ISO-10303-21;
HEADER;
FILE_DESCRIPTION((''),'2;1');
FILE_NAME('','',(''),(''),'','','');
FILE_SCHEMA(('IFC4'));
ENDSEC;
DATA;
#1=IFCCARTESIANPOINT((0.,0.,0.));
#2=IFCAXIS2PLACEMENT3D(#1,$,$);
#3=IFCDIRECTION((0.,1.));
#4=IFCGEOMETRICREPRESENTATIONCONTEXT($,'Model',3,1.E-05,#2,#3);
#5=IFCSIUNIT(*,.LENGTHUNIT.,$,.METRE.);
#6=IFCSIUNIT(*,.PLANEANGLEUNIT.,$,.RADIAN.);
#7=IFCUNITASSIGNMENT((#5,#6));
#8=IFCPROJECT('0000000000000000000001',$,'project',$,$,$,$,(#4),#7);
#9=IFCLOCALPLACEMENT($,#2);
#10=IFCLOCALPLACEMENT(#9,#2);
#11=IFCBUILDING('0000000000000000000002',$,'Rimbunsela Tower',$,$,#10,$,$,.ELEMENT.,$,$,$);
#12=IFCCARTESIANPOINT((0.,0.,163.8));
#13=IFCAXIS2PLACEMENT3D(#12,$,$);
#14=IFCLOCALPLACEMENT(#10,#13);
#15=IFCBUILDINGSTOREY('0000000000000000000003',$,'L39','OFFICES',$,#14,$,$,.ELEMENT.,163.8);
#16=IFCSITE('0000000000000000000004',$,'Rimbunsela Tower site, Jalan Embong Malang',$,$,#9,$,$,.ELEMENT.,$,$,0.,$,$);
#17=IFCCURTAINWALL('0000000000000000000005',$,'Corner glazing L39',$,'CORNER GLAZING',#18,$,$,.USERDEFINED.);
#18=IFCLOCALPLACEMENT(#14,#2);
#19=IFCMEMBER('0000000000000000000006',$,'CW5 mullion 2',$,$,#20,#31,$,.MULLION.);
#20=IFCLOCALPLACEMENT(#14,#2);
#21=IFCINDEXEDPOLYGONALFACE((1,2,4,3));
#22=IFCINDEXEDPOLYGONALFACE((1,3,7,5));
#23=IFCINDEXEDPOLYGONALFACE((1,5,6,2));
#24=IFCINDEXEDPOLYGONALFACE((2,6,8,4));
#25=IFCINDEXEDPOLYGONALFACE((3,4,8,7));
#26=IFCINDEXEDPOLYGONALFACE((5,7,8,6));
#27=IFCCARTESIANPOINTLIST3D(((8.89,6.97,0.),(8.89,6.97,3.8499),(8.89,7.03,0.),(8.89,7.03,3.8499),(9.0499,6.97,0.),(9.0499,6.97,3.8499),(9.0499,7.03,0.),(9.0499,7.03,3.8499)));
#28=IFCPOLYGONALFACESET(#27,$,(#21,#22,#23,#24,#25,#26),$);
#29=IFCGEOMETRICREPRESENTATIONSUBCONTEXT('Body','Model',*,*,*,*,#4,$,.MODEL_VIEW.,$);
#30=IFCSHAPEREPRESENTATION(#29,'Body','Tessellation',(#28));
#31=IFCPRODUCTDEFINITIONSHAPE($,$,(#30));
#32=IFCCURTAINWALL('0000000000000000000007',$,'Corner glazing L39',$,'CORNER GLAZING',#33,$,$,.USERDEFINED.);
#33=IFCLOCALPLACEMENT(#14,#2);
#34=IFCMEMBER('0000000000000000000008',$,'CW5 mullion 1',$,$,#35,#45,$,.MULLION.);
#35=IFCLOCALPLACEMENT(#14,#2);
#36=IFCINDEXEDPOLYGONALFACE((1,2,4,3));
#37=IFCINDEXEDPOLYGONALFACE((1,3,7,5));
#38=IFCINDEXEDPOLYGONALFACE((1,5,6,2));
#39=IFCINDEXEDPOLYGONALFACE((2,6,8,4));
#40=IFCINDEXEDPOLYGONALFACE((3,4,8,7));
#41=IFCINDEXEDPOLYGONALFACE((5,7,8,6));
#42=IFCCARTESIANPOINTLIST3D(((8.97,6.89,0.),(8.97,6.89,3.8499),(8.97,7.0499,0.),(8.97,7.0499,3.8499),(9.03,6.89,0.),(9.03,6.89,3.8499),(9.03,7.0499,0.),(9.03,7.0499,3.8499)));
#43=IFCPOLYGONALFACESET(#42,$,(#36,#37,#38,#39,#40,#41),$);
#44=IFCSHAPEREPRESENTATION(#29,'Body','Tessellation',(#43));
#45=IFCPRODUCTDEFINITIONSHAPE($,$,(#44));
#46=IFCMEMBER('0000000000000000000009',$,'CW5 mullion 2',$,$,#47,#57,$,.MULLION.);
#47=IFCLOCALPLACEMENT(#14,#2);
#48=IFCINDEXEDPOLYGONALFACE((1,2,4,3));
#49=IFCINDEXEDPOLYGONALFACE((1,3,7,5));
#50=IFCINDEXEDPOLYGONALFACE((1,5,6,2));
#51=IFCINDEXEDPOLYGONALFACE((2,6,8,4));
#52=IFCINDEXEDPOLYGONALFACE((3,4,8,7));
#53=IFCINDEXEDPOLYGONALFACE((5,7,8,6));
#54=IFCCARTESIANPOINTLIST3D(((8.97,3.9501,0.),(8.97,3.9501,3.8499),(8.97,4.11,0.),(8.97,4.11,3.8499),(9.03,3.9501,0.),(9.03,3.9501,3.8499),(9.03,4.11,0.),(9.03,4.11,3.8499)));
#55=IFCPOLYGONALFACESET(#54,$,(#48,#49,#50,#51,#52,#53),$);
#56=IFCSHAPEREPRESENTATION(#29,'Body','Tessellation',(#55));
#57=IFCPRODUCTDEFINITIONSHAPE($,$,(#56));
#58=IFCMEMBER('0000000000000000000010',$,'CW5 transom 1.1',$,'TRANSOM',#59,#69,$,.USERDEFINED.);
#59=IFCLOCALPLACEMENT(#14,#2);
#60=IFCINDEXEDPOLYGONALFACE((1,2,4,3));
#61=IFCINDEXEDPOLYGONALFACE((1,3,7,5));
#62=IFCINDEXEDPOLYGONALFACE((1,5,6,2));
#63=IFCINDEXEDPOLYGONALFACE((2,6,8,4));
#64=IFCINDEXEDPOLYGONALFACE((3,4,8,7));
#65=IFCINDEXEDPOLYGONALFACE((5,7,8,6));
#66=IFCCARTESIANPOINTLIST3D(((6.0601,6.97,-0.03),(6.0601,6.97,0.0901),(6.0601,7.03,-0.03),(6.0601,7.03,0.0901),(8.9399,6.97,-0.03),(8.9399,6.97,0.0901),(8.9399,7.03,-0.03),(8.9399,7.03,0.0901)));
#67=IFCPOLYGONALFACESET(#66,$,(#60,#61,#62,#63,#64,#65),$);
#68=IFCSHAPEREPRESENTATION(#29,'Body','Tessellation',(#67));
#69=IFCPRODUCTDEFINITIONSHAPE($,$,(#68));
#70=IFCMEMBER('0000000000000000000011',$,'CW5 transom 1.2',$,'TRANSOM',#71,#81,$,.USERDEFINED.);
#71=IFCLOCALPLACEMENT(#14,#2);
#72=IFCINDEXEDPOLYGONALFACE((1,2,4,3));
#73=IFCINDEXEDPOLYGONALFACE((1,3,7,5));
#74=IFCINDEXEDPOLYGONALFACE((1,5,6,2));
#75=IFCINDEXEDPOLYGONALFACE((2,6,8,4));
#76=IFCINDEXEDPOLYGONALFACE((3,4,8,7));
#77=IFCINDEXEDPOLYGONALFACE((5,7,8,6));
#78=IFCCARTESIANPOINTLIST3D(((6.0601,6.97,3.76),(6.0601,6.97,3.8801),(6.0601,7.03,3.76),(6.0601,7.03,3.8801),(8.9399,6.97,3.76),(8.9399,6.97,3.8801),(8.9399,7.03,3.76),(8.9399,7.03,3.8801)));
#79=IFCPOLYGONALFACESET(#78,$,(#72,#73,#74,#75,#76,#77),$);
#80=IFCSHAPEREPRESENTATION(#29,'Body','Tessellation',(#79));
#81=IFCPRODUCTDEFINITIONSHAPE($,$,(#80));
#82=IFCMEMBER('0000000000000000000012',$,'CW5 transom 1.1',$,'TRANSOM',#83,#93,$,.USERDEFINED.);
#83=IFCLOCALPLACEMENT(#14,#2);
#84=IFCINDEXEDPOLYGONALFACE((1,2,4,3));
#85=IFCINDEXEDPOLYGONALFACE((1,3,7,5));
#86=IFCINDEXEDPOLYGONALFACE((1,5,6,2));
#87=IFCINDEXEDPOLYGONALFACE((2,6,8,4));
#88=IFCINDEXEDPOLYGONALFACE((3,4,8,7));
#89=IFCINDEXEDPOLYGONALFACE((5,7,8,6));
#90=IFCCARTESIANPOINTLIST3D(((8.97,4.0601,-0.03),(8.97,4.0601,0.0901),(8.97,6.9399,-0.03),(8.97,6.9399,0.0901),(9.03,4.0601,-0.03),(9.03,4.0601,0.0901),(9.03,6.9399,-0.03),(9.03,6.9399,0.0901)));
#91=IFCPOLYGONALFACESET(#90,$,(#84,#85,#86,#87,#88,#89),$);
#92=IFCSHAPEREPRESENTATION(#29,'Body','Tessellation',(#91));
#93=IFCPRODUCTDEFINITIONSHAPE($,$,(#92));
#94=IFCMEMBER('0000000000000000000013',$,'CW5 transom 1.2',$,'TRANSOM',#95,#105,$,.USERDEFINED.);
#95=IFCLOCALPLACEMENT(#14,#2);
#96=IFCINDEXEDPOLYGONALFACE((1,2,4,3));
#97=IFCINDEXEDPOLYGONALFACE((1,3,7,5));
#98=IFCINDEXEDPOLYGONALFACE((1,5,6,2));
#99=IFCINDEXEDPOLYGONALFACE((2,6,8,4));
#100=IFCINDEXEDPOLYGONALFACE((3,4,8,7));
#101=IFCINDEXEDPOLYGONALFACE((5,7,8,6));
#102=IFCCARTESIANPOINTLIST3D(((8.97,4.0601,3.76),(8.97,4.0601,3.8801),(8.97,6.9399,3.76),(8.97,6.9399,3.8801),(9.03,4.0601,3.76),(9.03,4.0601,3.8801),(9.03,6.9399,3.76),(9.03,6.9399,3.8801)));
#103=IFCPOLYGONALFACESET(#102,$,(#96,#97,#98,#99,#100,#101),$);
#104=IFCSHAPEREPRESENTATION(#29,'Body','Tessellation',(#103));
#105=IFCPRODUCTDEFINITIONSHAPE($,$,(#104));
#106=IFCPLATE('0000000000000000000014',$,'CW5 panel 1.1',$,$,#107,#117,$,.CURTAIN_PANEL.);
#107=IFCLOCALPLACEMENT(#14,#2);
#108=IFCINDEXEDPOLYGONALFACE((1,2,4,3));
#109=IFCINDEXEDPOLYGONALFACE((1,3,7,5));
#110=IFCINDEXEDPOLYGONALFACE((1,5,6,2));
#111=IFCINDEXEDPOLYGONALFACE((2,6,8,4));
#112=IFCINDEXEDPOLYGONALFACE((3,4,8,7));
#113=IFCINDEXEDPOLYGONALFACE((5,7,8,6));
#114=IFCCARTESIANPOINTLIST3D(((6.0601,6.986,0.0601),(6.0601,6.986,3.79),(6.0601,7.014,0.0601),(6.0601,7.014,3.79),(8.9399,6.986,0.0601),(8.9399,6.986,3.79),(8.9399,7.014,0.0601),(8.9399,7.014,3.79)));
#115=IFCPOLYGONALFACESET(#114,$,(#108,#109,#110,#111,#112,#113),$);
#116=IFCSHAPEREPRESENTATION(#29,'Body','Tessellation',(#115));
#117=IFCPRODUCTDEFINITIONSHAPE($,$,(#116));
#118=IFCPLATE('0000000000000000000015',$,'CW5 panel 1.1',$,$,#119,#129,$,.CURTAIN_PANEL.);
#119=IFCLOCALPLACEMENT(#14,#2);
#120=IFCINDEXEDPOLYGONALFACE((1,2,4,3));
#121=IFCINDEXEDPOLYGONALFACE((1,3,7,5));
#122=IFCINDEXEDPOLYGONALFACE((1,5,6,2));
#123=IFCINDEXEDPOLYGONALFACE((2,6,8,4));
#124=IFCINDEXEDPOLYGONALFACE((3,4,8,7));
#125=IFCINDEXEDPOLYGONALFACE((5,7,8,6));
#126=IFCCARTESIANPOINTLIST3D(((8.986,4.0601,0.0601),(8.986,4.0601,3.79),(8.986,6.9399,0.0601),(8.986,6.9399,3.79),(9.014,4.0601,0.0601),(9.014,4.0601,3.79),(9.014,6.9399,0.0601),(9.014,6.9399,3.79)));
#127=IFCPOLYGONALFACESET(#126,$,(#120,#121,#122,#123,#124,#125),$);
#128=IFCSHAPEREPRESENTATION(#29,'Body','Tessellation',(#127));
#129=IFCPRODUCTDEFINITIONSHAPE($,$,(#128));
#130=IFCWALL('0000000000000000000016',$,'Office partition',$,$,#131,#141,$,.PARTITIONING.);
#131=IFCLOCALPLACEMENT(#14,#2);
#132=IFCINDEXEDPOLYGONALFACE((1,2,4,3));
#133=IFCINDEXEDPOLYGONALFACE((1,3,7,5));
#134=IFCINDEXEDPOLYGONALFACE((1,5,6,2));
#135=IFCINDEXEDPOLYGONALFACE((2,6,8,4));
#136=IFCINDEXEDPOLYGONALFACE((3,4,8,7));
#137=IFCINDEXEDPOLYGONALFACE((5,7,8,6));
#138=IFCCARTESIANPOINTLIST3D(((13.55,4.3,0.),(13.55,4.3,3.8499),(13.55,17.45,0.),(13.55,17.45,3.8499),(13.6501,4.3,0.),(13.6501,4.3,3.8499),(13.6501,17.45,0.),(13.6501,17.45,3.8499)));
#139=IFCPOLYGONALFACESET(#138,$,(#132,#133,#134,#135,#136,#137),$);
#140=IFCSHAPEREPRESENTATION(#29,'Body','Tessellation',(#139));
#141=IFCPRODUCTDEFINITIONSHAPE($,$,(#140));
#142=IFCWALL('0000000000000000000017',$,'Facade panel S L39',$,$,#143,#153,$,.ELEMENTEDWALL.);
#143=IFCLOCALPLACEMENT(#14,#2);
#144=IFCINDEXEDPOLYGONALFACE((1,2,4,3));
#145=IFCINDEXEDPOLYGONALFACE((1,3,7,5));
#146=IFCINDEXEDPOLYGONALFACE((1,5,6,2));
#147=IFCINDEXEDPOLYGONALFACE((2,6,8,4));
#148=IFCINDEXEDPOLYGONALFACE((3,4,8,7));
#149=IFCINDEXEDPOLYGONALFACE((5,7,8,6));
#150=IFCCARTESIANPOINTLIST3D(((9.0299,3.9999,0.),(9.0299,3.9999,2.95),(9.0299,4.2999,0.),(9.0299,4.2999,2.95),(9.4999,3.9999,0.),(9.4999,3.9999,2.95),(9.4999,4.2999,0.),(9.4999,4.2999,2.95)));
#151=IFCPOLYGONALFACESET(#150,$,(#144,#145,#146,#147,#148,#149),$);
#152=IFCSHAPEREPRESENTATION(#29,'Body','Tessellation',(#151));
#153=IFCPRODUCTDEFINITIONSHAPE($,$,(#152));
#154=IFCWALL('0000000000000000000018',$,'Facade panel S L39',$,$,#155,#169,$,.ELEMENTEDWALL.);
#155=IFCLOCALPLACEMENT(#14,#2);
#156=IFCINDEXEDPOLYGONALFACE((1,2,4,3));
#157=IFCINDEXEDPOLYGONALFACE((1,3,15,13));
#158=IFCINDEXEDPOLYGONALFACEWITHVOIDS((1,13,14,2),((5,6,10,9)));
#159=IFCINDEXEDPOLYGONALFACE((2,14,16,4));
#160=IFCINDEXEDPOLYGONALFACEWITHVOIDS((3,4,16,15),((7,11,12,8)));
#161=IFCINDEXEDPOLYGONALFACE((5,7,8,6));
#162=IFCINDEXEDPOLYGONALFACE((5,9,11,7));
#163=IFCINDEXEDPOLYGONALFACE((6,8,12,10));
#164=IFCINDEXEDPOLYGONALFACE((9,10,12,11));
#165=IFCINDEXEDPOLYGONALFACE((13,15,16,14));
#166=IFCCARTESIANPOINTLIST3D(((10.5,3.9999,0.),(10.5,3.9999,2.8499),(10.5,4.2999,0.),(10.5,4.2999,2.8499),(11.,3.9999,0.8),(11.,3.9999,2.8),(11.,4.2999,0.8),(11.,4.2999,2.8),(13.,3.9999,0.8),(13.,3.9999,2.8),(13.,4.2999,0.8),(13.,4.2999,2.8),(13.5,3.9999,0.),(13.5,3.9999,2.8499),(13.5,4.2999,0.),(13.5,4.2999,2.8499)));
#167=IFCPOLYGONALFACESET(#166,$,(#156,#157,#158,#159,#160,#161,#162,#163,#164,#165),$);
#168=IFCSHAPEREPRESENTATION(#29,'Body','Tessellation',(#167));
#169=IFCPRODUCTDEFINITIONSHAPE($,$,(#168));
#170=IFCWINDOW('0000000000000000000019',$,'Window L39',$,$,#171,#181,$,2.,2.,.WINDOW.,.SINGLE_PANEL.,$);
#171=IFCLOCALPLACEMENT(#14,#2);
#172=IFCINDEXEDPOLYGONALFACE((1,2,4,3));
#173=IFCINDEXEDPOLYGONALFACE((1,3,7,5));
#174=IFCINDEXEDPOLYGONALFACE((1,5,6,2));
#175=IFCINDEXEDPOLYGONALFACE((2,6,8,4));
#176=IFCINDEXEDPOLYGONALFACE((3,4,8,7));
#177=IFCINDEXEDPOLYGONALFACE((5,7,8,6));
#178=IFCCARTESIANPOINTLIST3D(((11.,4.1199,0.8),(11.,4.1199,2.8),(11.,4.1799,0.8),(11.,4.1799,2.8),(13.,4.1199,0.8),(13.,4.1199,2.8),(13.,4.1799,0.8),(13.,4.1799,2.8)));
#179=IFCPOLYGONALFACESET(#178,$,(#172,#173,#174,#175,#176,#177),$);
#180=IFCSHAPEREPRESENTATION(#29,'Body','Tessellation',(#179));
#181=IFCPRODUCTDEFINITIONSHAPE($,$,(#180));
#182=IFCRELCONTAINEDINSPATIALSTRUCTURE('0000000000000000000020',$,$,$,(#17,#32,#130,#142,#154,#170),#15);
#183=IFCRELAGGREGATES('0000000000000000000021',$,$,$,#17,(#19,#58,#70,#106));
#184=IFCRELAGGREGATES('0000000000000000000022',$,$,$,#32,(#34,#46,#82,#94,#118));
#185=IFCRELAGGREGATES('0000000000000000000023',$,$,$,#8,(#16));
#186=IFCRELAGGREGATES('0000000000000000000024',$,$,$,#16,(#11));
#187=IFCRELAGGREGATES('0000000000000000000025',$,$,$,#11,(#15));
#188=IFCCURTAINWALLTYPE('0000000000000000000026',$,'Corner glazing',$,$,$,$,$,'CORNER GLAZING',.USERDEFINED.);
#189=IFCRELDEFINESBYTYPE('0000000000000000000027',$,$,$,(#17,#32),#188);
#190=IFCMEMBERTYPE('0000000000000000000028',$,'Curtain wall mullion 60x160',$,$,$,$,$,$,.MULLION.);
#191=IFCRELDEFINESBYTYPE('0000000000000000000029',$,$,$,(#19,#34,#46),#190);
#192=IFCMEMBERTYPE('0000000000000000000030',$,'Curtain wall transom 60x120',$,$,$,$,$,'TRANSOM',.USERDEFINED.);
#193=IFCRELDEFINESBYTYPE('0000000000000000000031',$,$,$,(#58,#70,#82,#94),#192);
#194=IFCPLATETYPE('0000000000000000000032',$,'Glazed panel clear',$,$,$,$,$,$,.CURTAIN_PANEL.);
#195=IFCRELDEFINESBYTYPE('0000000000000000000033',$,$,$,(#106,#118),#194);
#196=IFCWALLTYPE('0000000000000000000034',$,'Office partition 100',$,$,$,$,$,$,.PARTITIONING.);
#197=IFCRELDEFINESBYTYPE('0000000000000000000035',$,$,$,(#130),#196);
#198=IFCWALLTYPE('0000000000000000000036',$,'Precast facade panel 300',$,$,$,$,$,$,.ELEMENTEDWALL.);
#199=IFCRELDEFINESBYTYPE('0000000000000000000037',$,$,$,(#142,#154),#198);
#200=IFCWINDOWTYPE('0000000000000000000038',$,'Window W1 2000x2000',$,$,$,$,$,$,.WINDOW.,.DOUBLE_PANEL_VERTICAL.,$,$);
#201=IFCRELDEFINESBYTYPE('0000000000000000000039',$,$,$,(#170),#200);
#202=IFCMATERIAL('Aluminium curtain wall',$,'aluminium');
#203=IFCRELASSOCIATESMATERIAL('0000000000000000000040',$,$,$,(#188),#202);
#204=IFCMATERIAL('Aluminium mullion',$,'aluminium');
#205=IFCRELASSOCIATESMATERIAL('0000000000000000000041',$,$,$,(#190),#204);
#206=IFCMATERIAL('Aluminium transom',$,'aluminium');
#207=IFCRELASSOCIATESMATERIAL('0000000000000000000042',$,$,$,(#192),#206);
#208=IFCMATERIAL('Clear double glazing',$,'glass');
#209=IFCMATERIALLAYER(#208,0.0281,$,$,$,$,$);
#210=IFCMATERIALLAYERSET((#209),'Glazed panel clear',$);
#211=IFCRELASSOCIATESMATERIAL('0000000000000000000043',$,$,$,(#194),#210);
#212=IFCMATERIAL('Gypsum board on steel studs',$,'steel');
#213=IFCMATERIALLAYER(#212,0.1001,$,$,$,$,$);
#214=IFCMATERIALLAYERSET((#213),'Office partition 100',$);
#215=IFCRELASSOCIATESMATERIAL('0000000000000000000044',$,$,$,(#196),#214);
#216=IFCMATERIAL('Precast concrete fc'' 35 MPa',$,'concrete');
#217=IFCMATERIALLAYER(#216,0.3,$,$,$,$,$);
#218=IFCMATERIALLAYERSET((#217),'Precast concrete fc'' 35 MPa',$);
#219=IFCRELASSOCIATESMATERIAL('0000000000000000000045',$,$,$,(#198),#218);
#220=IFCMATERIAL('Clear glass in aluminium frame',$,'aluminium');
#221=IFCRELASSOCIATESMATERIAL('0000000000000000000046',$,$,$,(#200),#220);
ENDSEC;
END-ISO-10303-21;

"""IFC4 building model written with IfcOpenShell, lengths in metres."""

from ifc_helpers import new_model, si_unit, direction, frame, frame_2d, origin, origin_2d, place, context, subcontext, project, spatial, rectangle, extrude, material, layer, layer_set, material_profile, profile_set, type_object, element, fill, aggregate, save


model = new_model("IFC4")

# Units and contexts
model_context = context("Model", 3, precision=1e-05, world=origin(), true_north=direction((0.0, 1.0)))
body_context = subcontext(model_context, "Body", "Model", "MODEL_VIEW")
ifc_project = project(units=[si_unit("LENGTHUNIT", "METRE"), si_unit("PLANEANGLEUNIT", "RADIAN")], contexts=[model_context])

# Site, building, storey
site_placement = place(None, origin())
site = spatial("IfcSite", under=ifc_project, at=site_placement, Name="Rimbunsela Tower site, Jalan Embong Malang", CompositionType="ELEMENT", RefElevation=0.0)
building_placement = place(site_placement, origin())
building = spatial("IfcBuilding", under=site, at=building_placement, Name="Rimbunsela Tower", CompositionType="ELEMENT")
storey_placement = place(building_placement, frame((0.0, 0.0, 163.8)))
storey = spatial("IfcBuildingStorey", under=building, at=storey_placement, Name="L39", Description="OFFICES", CompositionType="ELEMENT", Elevation=163.8)

# Curtain walls, members
ifc_material_1 = material(Name="Aluminium curtain wall", Category="aluminium")
curtain_wall_type = type_object("IfcCurtainWallType", Name="Corner glazing", ElementType="CORNER GLAZING", PredefinedType="USERDEFINED", material=ifc_material_1)
curtain_wall_1_placement = place(storey_placement, origin())
curtain_wall_1 = element("IfcCurtainWall", 1, at=curtain_wall_1_placement, inside=storey, type_object=curtain_wall_type, Name="Corner glazing L39", ObjectType="CORNER GLAZING", PredefinedType="USERDEFINED")
ifc_material_2 = material(Name="Aluminium mullion", Category="aluminium")
ifc_material_profile_1 = material_profile(ifc_material_2, rectangle(XDim=0.0601, YDim=0.1599, at=origin_2d()), Name="Mullion 60x160")
ifc_profile_set_1 = profile_set([ifc_material_profile_1], Name="Aluminium mullion")
member_type_1 = type_object("IfcMemberType", Name="Curtain wall mullion 60x160", PredefinedType="MULLION", material=ifc_profile_set_1)
member_1_placement = place(storey_placement, frame((8.97, 7.0, 0.0), z_axis=(0.0, 0.0, 1.0), x_axis=(0.0, 1.0, 0.0)))
member_1 = element("IfcMember", 2, at=member_1_placement, type_object=member_type_1, Name="CW5 mullion 2", PredefinedType="MULLION", context=body_context, shape_type="SweptSolid", body=[
    extrude(rectangle(XDim=0.0601, YDim=0.1599, at=origin_2d()), origin(), (0.0, 0.0, 1.0), 3.8499),
])
curtain_wall_2_placement = place(storey_placement, origin())
curtain_wall_2 = element("IfcCurtainWall", 3, at=curtain_wall_2_placement, inside=storey, type_object=curtain_wall_type, Name="Corner glazing L39", ObjectType="CORNER GLAZING", PredefinedType="USERDEFINED")
member_2_placement = place(storey_placement, frame((9.0, 6.97, 0.0), z_axis=(0.0, 0.0, 1.0), x_axis=(1.0, 0.0, 0.0)))
member_2 = element("IfcMember", 4, at=member_2_placement, type_object=member_type_1, Name="CW5 mullion 1", PredefinedType="MULLION", context=body_context, shape_type="SweptSolid", body=[
    extrude(rectangle(XDim=0.0601, YDim=0.1599, at=origin_2d()), origin(), (0.0, 0.0, 1.0), 3.8499),
])
member_3_placement = place(storey_placement, frame((9.0, 4.03, 0.0), z_axis=(0.0, 0.0, 1.0), x_axis=(1.0, 0.0, 0.0)))
member_3 = element("IfcMember", 5, at=member_3_placement, type_object=member_type_1, Name="CW5 mullion 2", PredefinedType="MULLION", context=body_context, shape_type="SweptSolid", body=[
    extrude(rectangle(XDim=0.0601, YDim=0.1599, at=origin_2d()), origin(), (0.0, 0.0, 1.0), 3.8499),
])

# Members
ifc_material_3 = material(Name="Aluminium transom", Category="aluminium")
ifc_material_profile_2 = material_profile(ifc_material_3, rectangle(XDim=0.0601, YDim=0.1201, at=origin_2d()), Name="Transom 60x120")
ifc_profile_set_2 = profile_set([ifc_material_profile_2], Name="Aluminium transom")
member_type_2 = type_object("IfcMemberType", Name="Curtain wall transom 60x120", ElementType="TRANSOM", PredefinedType="USERDEFINED", material=ifc_profile_set_2)
member_4_placement = place(storey_placement, frame((6.0601, 7.0, 0.03), z_axis=(1.0, 0.0, 0.0), x_axis=(0.0, 1.0, 0.0)))
member_4 = element("IfcMember", 6, at=member_4_placement, type_object=member_type_2, Name="CW5 transom 1.1", ObjectType="TRANSOM", PredefinedType="USERDEFINED", context=body_context, shape_type="SweptSolid", body=[
    extrude(rectangle(XDim=0.0601, YDim=0.1201, at=origin_2d()), origin(), (0.0, 0.0, 1.0), 2.8799),
])
member_5_placement = place(storey_placement, frame((6.0601, 7.0, 3.8201), z_axis=(1.0, 0.0, 0.0), x_axis=(0.0, 1.0, 0.0)))
member_5 = element("IfcMember", 7, at=member_5_placement, type_object=member_type_2, Name="CW5 transom 1.2", ObjectType="TRANSOM", PredefinedType="USERDEFINED", context=body_context, shape_type="SweptSolid", body=[
    extrude(rectangle(XDim=0.0601, YDim=0.1201, at=origin_2d()), origin(), (0.0, 0.0, 1.0), 2.8799),
])
member_6_placement = place(storey_placement, frame((9.0, 6.9399, 0.03), z_axis=(0.0, -1.0, 0.0), x_axis=(1.0, 0.0, 0.0)))
member_6 = element("IfcMember", 8, at=member_6_placement, type_object=member_type_2, Name="CW5 transom 1.1", ObjectType="TRANSOM", PredefinedType="USERDEFINED", context=body_context, shape_type="SweptSolid", body=[
    extrude(rectangle(XDim=0.0601, YDim=0.1201, at=origin_2d()), origin(), (0.0, 0.0, 1.0), 2.8799),
])
member_7_placement = place(storey_placement, frame((9.0, 6.9399, 3.8201), z_axis=(0.0, -1.0, 0.0), x_axis=(1.0, 0.0, 0.0)))
member_7 = element("IfcMember", 9, at=member_7_placement, type_object=member_type_2, Name="CW5 transom 1.2", ObjectType="TRANSOM", PredefinedType="USERDEFINED", context=body_context, shape_type="SweptSolid", body=[
    extrude(rectangle(XDim=0.0601, YDim=0.1201, at=origin_2d()), origin(), (0.0, 0.0, 1.0), 2.8799),
])

# Plates
ifc_material_4 = material(Name="Clear double glazing", Category="glass")
ifc_layer_1 = layer(ifc_material_4, 0.0281)
ifc_layer_set_1 = layer_set([ifc_layer_1], Name="Glazed panel clear")
plate_type = type_object("IfcPlateType", Name="Glazed panel clear", PredefinedType="CURTAIN_PANEL", material=ifc_layer_set_1)
plate_1_placement = place(storey_placement, frame((7.5, 7.0, 0.0601), z_axis=(0.0, 0.0, 1.0), x_axis=(1.0, 0.0, 0.0)))
plate_1 = element("IfcPlate", 10, at=plate_1_placement, type_object=plate_type, Name="CW5 panel 1.1", PredefinedType="CURTAIN_PANEL", context=body_context, shape_type="SweptSolid", body=[
    extrude(rectangle(XDim=2.8799, YDim=0.0281, at=origin_2d()), origin(), (0.0, 0.0, 1.0), 3.73),
])
aggregate(curtain_wall_1, [member_1, member_4, member_5, plate_1])
plate_2_placement = place(storey_placement, frame((9.0, 5.5, 0.0601), z_axis=(0.0, 0.0, 1.0), x_axis=(0.0, -1.0, 0.0)))
plate_2 = element("IfcPlate", 11, at=plate_2_placement, type_object=plate_type, Name="CW5 panel 1.1", PredefinedType="CURTAIN_PANEL", context=body_context, shape_type="SweptSolid", body=[
    extrude(rectangle(XDim=2.8799, YDim=0.0281, at=origin_2d()), origin(), (0.0, 0.0, 1.0), 3.73),
])
aggregate(curtain_wall_2, [member_2, member_3, member_6, member_7, plate_2])

# Walls
ifc_material_5 = material(Name="Gypsum board on steel studs", Category="steel")
ifc_layer_2 = layer(ifc_material_5, 0.1001)
ifc_layer_set_2 = layer_set([ifc_layer_2], Name="Office partition 100")
wall_type_1 = type_object("IfcWallType", Name="Office partition 100", PredefinedType="PARTITIONING", material=ifc_layer_set_2)
wall_1_placement = place(storey_placement, frame((13.6001, 4.3, 0.0), z_axis=(0.0, 0.0, 1.0), x_axis=(0.0, 1.0, 0.0)))
element("IfcWall", 12, at=wall_1_placement, inside=storey, type_object=wall_type_1, Name="Office partition", PredefinedType="PARTITIONING", context=body_context, shape_type="SweptSolid", body=[
    extrude(rectangle(XDim=13.1499, YDim=0.1001, at=frame_2d((6.575, 0.0))), origin(), (0.0, 0.0, 1.0), 3.8499),
])
ifc_material_6 = material(Name="Precast concrete fc' 35 MPa", Category="concrete")
ifc_layer_3 = layer(ifc_material_6, 0.3)
ifc_layer_set_3 = layer_set([ifc_layer_3], Name="Precast concrete fc' 35 MPa")
wall_type_2 = type_object("IfcWallType", Name="Precast facade panel 300", PredefinedType="ELEMENTEDWALL", material=ifc_layer_set_3)
wall_2_placement = place(storey_placement, frame((9.03, 4.1499, 0.0), z_axis=(0.0, 0.0, 1.0), x_axis=(1.0, 0.0, 0.0)))
element("IfcWall", 13, at=wall_2_placement, inside=storey, type_object=wall_type_2, Name="Facade panel S L39", PredefinedType="ELEMENTEDWALL", context=body_context, shape_type="SweptSolid", body=[
    extrude(rectangle(XDim=0.47, YDim=0.3, at=frame_2d((0.2349, 0.0))), origin(), (0.0, 0.0, 1.0), 2.95),
])

# Wall, opening, window
wall_3_placement = place(storey_placement, frame((10.5, 4.1499, 0.0), z_axis=(0.0, 0.0, 1.0), x_axis=(1.0, 0.0, 0.0)))
wall_3 = element("IfcWall", 14, at=wall_3_placement, inside=storey, type_object=wall_type_2, Name="Facade panel S L39", PredefinedType="ELEMENTEDWALL", context=body_context, shape_type="SweptSolid", body=[
    extrude(rectangle(XDim=3.0, YDim=0.3, at=frame_2d((1.5, 0.0))), origin(), (0.0, 0.0, 1.0), 2.8499),
])
opening_1_placement = place(wall_3_placement, frame((0.5, 0.0, 0.8)))
opening_1 = element("IfcOpeningElement", 15, at=opening_1_placement, cuts=wall_3, PredefinedType="OPENING", context=body_context, shape_type="SweptSolid", body=[
    extrude(rectangle(XDim=2.0, YDim=2.0, at=frame_2d((1.0, 1.0))), frame((0.0, 0.1599, 0.0), z_axis=(0.0, -1.0, 0.0), x_axis=(1.0, 0.0, 0.0)), (0.0, 0.0, 1.0), 0.3201),
])
ifc_material_7 = material(Name="Clear glass in aluminium frame", Category="aluminium")
window_type = type_object("IfcWindowType", Name="Window W1 2000x2000", PartitioningType="DOUBLE_PANEL_VERTICAL", PredefinedType="WINDOW", material=ifc_material_7)
window_1_placement = place(opening_1_placement, origin())
window_1 = element("IfcWindow", 16, at=window_1_placement, inside=storey, type_object=window_type, Name="Window L39", OverallHeight=2.0, OverallWidth=2.0, PartitioningType="SINGLE_PANEL", PredefinedType="WINDOW", context=body_context, shape_type="SweptSolid", body=[
    extrude(rectangle(XDim=2.0, YDim=2.0, at=frame_2d((1.0, 1.0))), frame((0.0, 0.03, 0.0), z_axis=(0.0, -1.0, 0.0), x_axis=(1.0, 0.0, 0.0)), (0.0, 0.0, 1.0), 0.0601),
])
fill(opening_1, window_1)

save(model, "model.ifc")
